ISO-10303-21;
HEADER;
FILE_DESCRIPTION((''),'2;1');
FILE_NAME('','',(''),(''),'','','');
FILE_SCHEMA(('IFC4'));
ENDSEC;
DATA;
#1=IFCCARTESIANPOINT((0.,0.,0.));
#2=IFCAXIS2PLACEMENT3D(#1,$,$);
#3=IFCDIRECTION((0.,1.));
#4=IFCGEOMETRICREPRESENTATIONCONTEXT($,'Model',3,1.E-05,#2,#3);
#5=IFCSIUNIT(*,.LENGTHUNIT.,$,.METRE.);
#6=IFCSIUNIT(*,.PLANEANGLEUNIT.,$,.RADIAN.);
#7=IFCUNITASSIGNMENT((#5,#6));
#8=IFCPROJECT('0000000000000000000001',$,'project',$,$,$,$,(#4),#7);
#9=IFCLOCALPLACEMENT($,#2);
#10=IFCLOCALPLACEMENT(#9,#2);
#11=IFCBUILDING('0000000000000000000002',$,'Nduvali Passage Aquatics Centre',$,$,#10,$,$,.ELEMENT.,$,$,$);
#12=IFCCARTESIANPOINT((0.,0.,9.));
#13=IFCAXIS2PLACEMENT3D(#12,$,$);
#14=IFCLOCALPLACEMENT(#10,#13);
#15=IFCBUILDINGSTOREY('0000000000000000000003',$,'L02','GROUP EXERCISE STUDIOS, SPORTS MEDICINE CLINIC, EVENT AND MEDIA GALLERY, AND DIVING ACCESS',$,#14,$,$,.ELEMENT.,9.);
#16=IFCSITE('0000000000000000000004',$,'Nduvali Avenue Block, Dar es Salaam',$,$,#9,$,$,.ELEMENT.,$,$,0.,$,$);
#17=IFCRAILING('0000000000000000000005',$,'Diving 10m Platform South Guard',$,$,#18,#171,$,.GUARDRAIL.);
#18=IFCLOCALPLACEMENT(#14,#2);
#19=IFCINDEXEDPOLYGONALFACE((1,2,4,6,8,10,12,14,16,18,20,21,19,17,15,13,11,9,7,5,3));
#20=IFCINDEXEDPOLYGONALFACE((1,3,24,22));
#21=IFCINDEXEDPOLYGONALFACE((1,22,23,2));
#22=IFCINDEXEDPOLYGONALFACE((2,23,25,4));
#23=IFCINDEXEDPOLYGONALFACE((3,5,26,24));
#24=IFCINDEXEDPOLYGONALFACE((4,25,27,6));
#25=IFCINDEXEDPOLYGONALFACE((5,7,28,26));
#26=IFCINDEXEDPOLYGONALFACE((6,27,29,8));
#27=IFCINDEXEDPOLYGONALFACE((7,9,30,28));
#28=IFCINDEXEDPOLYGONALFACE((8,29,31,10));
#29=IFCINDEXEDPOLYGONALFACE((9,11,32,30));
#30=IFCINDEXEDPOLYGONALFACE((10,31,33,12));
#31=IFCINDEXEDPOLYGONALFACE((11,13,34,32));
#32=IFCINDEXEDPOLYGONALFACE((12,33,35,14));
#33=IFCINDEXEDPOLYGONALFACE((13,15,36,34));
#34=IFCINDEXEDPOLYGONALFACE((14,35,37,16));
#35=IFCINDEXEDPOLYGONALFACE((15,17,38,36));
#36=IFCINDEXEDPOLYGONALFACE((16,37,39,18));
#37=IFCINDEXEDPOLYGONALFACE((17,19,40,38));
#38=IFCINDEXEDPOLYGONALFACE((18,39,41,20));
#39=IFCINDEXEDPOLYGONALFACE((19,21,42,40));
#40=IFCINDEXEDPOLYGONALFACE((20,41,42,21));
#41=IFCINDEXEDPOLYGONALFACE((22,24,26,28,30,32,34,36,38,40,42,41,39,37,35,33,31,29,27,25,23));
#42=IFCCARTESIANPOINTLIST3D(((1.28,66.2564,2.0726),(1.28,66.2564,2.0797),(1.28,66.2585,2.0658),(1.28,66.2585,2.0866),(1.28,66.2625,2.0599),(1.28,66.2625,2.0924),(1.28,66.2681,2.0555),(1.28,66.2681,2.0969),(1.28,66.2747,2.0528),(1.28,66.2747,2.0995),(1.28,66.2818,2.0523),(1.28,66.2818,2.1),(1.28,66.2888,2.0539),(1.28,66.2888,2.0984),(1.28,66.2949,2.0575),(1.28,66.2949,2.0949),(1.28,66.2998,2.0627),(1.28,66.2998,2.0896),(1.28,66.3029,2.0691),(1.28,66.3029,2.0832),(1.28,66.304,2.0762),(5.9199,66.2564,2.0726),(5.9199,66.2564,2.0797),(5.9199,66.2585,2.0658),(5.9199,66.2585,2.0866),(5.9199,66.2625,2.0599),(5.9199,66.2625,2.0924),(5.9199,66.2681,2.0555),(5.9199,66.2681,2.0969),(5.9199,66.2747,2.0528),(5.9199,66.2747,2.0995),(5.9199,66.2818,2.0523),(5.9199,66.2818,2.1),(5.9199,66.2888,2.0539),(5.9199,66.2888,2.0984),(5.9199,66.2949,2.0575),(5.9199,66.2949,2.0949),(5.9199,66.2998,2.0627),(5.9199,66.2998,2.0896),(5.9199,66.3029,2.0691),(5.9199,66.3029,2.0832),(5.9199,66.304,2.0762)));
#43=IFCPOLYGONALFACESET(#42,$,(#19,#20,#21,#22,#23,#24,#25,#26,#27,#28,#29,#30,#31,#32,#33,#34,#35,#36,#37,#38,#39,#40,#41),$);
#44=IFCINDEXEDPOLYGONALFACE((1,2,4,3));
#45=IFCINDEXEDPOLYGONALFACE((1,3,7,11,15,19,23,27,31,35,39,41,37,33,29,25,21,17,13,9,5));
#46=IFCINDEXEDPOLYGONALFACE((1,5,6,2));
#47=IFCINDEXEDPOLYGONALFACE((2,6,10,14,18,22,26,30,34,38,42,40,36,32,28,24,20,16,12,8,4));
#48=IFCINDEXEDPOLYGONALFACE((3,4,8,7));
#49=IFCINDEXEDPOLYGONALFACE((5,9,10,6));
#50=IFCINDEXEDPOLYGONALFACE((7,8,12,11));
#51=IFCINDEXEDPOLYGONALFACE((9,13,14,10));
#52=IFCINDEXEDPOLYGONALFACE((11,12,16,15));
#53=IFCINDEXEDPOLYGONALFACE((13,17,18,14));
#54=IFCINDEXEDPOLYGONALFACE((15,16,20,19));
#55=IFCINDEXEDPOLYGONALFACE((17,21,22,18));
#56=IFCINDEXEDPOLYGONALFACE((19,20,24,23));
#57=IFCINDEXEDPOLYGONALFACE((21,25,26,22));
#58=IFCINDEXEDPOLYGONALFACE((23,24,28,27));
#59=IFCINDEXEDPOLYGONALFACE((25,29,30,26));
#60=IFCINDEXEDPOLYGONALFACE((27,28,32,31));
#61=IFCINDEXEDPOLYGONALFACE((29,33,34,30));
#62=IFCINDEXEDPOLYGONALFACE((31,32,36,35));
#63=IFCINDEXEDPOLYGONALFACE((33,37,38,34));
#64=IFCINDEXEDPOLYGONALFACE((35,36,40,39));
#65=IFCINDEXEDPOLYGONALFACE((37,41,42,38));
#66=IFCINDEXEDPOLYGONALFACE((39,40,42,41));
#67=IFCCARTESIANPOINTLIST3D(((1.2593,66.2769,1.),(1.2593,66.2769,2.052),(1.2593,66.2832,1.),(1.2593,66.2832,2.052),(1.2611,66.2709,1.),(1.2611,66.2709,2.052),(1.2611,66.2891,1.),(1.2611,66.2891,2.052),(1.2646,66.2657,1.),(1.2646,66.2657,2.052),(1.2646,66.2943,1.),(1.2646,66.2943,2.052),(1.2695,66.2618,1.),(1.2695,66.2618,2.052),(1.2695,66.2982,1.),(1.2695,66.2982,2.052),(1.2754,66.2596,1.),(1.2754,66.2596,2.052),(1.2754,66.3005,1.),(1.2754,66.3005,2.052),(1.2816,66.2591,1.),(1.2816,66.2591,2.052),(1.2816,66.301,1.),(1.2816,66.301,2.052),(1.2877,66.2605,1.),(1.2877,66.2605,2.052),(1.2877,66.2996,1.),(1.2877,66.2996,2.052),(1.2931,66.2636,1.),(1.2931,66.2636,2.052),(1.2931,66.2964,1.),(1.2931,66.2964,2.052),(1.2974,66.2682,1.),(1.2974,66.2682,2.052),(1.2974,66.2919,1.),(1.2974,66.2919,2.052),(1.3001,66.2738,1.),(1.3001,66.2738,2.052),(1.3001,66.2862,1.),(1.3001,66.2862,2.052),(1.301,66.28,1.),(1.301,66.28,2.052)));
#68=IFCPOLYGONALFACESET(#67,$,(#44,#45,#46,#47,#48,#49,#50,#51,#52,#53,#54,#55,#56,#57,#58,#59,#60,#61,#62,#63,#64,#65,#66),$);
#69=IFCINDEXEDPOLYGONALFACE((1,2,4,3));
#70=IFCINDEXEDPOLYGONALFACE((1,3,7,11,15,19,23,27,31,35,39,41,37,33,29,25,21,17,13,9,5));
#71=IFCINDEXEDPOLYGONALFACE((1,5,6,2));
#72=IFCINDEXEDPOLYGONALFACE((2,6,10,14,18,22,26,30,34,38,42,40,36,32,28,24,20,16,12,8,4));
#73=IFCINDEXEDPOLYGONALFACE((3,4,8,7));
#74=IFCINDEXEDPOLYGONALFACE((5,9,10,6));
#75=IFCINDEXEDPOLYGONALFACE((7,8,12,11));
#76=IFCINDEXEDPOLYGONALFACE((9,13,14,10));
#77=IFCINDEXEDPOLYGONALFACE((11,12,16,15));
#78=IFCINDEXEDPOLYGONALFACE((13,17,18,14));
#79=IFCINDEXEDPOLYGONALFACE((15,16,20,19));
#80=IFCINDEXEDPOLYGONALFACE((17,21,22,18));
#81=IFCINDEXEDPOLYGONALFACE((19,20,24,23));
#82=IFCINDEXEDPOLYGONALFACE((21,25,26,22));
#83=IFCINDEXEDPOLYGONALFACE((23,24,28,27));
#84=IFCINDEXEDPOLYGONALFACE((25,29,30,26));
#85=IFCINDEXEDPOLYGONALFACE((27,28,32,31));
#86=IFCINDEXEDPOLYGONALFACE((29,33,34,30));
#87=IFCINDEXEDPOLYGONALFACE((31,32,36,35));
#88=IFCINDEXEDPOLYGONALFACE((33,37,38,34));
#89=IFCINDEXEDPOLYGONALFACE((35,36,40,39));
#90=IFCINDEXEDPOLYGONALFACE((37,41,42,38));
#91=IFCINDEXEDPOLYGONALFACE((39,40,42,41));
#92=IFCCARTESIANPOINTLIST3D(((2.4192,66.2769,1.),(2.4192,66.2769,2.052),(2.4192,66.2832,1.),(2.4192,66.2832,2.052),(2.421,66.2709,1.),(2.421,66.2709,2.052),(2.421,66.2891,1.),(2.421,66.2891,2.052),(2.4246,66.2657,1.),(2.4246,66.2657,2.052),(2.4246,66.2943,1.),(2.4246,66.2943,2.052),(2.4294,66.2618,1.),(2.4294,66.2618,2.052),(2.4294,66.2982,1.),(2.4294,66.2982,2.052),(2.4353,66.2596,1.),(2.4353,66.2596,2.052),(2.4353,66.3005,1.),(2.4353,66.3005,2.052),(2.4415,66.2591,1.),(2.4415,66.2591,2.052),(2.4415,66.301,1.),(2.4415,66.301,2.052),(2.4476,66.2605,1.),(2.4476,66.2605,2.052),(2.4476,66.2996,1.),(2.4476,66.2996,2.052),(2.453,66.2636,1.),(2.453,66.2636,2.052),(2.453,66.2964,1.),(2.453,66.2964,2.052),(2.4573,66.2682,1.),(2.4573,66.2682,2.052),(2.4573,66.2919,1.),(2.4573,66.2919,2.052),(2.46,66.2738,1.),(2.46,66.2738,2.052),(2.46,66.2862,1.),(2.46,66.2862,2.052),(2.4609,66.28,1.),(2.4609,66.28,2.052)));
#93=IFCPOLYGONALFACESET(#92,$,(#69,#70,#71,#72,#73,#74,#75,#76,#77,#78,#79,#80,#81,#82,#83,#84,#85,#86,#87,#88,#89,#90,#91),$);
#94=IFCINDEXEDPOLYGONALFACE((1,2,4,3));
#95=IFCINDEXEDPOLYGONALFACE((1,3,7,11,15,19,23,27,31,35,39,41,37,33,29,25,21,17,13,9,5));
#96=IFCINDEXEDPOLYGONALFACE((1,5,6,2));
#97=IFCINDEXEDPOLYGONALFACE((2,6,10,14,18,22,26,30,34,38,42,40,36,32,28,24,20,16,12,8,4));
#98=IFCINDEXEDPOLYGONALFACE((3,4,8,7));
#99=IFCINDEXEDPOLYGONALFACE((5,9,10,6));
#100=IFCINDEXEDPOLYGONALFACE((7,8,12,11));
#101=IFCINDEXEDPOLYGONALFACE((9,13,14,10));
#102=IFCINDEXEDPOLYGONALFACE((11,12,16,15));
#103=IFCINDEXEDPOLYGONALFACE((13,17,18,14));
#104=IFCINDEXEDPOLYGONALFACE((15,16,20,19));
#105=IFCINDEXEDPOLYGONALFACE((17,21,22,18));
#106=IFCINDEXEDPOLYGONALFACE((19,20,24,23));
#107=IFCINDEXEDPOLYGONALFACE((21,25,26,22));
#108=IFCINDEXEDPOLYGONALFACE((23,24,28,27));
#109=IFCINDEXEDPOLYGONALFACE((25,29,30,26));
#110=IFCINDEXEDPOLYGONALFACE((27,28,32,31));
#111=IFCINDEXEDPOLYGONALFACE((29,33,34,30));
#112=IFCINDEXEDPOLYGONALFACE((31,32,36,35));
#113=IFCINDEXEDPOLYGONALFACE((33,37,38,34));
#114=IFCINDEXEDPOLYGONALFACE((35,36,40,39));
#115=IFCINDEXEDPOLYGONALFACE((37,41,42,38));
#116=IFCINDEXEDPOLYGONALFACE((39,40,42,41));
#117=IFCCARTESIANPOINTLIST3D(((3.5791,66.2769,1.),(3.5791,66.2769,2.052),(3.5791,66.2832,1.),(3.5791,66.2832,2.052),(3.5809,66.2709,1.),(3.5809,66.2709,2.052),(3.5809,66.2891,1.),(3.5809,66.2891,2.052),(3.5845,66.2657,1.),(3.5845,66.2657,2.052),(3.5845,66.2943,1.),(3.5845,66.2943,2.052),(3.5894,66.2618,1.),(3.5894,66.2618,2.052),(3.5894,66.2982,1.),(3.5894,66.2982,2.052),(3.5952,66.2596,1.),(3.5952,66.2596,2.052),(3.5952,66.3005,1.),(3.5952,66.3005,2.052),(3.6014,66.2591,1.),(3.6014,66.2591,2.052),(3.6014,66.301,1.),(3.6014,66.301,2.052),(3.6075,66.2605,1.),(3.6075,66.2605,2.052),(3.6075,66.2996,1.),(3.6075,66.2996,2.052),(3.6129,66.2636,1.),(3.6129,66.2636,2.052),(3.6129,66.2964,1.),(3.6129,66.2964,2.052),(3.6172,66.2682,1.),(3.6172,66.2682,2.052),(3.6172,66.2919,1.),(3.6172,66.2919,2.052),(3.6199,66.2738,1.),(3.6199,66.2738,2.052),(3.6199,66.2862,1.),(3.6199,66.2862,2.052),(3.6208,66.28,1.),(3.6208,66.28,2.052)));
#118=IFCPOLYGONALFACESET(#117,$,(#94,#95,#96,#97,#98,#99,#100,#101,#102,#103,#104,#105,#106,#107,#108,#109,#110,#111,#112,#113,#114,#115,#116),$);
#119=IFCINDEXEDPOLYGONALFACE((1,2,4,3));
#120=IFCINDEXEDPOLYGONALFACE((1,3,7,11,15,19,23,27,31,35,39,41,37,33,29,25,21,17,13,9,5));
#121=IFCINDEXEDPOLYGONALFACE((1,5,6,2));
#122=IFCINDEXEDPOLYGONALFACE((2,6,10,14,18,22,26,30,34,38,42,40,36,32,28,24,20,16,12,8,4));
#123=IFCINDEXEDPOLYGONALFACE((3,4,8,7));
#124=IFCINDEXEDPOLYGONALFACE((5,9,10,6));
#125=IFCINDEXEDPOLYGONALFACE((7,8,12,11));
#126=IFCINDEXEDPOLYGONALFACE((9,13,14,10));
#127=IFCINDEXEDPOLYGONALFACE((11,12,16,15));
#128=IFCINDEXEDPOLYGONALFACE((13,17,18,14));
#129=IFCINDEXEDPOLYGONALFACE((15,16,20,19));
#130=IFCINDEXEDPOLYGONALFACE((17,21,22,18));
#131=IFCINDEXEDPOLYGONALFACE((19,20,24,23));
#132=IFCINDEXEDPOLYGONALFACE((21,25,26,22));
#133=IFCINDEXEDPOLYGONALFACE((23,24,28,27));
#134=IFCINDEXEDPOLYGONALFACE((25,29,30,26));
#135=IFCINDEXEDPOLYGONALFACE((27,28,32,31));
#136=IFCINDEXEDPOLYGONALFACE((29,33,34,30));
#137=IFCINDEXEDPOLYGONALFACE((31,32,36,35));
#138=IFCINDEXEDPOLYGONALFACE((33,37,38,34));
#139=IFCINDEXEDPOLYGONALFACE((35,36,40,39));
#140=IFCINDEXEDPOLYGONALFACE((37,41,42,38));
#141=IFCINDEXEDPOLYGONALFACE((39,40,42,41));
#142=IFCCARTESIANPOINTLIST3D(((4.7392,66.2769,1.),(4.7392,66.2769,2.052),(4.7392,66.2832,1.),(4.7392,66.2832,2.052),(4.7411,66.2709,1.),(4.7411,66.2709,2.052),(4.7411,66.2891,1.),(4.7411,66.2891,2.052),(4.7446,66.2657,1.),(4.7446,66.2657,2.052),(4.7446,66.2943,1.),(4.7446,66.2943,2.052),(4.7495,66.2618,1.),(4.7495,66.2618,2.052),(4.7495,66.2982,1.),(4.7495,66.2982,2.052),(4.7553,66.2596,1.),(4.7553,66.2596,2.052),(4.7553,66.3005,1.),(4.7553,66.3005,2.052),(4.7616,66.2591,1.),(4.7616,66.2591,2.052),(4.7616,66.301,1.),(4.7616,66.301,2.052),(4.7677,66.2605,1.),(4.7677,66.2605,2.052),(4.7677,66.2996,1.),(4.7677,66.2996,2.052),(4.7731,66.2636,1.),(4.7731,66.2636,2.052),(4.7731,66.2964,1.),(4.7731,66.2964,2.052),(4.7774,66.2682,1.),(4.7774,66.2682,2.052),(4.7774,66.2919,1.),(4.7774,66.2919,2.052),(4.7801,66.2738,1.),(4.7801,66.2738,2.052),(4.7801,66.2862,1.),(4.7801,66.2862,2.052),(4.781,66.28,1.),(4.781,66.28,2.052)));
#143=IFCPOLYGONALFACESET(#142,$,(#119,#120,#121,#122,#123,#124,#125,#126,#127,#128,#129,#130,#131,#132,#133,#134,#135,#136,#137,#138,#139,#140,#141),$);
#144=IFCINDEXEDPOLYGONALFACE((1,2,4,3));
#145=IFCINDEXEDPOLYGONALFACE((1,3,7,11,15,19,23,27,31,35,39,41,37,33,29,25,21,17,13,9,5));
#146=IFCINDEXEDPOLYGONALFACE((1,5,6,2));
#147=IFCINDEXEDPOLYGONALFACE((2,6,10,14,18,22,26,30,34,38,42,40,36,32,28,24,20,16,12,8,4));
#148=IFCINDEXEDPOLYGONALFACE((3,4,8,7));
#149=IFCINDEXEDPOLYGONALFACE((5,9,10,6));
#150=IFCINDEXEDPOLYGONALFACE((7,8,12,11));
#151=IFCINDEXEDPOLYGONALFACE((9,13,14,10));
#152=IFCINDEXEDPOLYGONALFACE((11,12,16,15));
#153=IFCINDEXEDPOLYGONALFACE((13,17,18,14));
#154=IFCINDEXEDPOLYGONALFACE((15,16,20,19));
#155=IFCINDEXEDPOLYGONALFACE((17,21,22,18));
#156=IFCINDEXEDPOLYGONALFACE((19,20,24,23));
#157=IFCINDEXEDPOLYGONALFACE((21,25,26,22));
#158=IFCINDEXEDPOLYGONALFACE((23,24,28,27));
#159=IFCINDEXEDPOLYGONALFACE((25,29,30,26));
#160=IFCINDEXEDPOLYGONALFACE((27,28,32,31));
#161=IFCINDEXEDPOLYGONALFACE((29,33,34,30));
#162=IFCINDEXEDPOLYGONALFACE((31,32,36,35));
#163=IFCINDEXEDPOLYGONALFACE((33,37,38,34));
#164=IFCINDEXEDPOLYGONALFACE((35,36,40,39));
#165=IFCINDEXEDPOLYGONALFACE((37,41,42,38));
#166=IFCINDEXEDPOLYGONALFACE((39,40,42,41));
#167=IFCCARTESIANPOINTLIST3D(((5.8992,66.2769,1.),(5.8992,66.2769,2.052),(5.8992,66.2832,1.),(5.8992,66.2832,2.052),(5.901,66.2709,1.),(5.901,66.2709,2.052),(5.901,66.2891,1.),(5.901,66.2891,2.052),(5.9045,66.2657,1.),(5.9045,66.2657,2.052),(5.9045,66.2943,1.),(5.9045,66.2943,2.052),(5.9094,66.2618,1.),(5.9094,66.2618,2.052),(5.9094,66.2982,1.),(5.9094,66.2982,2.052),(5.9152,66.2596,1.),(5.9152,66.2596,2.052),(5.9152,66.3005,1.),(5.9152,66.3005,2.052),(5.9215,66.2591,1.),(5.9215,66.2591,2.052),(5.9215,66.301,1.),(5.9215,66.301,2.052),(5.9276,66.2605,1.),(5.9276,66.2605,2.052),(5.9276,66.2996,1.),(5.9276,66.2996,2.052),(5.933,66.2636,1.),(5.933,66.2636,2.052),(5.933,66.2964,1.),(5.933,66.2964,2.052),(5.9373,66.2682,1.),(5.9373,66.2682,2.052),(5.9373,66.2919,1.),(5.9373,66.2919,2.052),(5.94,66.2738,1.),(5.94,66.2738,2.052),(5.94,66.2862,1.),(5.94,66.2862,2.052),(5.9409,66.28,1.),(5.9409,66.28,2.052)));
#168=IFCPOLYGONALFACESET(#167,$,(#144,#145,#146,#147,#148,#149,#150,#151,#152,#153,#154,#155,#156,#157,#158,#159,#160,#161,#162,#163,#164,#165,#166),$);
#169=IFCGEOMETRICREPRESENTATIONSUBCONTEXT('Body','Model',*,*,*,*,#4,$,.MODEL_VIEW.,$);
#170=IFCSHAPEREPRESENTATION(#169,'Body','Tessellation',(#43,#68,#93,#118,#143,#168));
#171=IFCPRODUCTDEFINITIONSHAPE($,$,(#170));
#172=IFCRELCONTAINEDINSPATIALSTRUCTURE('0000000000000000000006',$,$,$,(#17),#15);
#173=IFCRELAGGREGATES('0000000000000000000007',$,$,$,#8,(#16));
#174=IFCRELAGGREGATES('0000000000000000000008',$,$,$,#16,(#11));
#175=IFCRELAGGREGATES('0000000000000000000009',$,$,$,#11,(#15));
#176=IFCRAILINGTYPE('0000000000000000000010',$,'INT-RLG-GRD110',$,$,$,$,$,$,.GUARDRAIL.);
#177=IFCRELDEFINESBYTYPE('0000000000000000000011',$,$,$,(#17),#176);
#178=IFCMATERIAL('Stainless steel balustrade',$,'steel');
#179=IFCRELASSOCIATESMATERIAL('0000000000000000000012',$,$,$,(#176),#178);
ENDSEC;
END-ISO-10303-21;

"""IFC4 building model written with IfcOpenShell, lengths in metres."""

from ifc_helpers import new_model, si_unit, direction, frame, origin, origin_2d, place, context, subcontext, project, spatial, circle, extrude, material, type_object, element, save


model = new_model("IFC4")

# Units and contexts
model_context = context("Model", 3, precision=1e-05, world=origin(), true_north=direction((0.0, 1.0)))
body_context = subcontext(model_context, "Body", "Model", "MODEL_VIEW")
ifc_project = project(units=[si_unit("LENGTHUNIT", "METRE"), si_unit("PLANEANGLEUNIT", "RADIAN")], contexts=[model_context])

# Site, building, storey
site_placement = place(None, origin())
site = spatial("IfcSite", under=ifc_project, at=site_placement, Name="Nduvali Avenue Block, Dar es Salaam", CompositionType="ELEMENT", RefElevation=0.0)
building_placement = place(site_placement, origin())
building = spatial("IfcBuilding", under=site, at=building_placement, Name="Nduvali Passage Aquatics Centre", CompositionType="ELEMENT")
storey_placement = place(building_placement, frame((0.0, 0.0, 9.0)))
storey = spatial("IfcBuildingStorey", under=building, at=storey_placement, Name="L02", Description="GROUP EXERCISE STUDIOS, SPORTS MEDICINE CLINIC, EVENT AND MEDIA GALLERY, AND DIVING ACCESS", CompositionType="ELEMENT", Elevation=9.0)

# Railing
ifc_material_1 = material(Name="Stainless steel balustrade", Category="steel")
railing_type = type_object("IfcRailingType", Name="INT-RLG-GRD110", PredefinedType="GUARDRAIL", material=ifc_material_1)
railing_1_placement = place(storey_placement, frame((1.28, 66.28, 1.0)))
element("IfcRailing", 1, at=railing_1_placement, inside=storey, type_object=railing_type, Name="Diving 10m Platform South Guard", PredefinedType="GUARDRAIL", context=body_context, shape_type="SweptSolid", body=[
    extrude(circle(Radius=0.0239, at=origin_2d()), frame((0.0, 0.0, 1.0762), z_axis=(1.0, 0.0, 0.0), x_axis=(0.0, 1.0, 0.0)), (0.0, 0.0, 1.0), 4.6399),
    extrude(circle(Radius=0.021, at=origin_2d()), origin(), (0.0, 0.0, 1.0), 1.052),
    extrude(circle(Radius=0.021, at=origin_2d()), frame((1.1599, 0.0, 0.0)), (0.0, 0.0, 1.0), 1.052),
    extrude(circle(Radius=0.021, at=origin_2d()), frame((2.3198, 0.0, 0.0)), (0.0, 0.0, 1.0), 1.052),
    extrude(circle(Radius=0.021, at=origin_2d()), frame((3.48, 0.0, 0.0)), (0.0, 0.0, 1.0), 1.052),
    extrude(circle(Radius=0.021, at=origin_2d()), frame((4.6399, 0.0, 0.0)), (0.0, 0.0, 1.0), 1.052),
])

save(model, "model.ifc")
